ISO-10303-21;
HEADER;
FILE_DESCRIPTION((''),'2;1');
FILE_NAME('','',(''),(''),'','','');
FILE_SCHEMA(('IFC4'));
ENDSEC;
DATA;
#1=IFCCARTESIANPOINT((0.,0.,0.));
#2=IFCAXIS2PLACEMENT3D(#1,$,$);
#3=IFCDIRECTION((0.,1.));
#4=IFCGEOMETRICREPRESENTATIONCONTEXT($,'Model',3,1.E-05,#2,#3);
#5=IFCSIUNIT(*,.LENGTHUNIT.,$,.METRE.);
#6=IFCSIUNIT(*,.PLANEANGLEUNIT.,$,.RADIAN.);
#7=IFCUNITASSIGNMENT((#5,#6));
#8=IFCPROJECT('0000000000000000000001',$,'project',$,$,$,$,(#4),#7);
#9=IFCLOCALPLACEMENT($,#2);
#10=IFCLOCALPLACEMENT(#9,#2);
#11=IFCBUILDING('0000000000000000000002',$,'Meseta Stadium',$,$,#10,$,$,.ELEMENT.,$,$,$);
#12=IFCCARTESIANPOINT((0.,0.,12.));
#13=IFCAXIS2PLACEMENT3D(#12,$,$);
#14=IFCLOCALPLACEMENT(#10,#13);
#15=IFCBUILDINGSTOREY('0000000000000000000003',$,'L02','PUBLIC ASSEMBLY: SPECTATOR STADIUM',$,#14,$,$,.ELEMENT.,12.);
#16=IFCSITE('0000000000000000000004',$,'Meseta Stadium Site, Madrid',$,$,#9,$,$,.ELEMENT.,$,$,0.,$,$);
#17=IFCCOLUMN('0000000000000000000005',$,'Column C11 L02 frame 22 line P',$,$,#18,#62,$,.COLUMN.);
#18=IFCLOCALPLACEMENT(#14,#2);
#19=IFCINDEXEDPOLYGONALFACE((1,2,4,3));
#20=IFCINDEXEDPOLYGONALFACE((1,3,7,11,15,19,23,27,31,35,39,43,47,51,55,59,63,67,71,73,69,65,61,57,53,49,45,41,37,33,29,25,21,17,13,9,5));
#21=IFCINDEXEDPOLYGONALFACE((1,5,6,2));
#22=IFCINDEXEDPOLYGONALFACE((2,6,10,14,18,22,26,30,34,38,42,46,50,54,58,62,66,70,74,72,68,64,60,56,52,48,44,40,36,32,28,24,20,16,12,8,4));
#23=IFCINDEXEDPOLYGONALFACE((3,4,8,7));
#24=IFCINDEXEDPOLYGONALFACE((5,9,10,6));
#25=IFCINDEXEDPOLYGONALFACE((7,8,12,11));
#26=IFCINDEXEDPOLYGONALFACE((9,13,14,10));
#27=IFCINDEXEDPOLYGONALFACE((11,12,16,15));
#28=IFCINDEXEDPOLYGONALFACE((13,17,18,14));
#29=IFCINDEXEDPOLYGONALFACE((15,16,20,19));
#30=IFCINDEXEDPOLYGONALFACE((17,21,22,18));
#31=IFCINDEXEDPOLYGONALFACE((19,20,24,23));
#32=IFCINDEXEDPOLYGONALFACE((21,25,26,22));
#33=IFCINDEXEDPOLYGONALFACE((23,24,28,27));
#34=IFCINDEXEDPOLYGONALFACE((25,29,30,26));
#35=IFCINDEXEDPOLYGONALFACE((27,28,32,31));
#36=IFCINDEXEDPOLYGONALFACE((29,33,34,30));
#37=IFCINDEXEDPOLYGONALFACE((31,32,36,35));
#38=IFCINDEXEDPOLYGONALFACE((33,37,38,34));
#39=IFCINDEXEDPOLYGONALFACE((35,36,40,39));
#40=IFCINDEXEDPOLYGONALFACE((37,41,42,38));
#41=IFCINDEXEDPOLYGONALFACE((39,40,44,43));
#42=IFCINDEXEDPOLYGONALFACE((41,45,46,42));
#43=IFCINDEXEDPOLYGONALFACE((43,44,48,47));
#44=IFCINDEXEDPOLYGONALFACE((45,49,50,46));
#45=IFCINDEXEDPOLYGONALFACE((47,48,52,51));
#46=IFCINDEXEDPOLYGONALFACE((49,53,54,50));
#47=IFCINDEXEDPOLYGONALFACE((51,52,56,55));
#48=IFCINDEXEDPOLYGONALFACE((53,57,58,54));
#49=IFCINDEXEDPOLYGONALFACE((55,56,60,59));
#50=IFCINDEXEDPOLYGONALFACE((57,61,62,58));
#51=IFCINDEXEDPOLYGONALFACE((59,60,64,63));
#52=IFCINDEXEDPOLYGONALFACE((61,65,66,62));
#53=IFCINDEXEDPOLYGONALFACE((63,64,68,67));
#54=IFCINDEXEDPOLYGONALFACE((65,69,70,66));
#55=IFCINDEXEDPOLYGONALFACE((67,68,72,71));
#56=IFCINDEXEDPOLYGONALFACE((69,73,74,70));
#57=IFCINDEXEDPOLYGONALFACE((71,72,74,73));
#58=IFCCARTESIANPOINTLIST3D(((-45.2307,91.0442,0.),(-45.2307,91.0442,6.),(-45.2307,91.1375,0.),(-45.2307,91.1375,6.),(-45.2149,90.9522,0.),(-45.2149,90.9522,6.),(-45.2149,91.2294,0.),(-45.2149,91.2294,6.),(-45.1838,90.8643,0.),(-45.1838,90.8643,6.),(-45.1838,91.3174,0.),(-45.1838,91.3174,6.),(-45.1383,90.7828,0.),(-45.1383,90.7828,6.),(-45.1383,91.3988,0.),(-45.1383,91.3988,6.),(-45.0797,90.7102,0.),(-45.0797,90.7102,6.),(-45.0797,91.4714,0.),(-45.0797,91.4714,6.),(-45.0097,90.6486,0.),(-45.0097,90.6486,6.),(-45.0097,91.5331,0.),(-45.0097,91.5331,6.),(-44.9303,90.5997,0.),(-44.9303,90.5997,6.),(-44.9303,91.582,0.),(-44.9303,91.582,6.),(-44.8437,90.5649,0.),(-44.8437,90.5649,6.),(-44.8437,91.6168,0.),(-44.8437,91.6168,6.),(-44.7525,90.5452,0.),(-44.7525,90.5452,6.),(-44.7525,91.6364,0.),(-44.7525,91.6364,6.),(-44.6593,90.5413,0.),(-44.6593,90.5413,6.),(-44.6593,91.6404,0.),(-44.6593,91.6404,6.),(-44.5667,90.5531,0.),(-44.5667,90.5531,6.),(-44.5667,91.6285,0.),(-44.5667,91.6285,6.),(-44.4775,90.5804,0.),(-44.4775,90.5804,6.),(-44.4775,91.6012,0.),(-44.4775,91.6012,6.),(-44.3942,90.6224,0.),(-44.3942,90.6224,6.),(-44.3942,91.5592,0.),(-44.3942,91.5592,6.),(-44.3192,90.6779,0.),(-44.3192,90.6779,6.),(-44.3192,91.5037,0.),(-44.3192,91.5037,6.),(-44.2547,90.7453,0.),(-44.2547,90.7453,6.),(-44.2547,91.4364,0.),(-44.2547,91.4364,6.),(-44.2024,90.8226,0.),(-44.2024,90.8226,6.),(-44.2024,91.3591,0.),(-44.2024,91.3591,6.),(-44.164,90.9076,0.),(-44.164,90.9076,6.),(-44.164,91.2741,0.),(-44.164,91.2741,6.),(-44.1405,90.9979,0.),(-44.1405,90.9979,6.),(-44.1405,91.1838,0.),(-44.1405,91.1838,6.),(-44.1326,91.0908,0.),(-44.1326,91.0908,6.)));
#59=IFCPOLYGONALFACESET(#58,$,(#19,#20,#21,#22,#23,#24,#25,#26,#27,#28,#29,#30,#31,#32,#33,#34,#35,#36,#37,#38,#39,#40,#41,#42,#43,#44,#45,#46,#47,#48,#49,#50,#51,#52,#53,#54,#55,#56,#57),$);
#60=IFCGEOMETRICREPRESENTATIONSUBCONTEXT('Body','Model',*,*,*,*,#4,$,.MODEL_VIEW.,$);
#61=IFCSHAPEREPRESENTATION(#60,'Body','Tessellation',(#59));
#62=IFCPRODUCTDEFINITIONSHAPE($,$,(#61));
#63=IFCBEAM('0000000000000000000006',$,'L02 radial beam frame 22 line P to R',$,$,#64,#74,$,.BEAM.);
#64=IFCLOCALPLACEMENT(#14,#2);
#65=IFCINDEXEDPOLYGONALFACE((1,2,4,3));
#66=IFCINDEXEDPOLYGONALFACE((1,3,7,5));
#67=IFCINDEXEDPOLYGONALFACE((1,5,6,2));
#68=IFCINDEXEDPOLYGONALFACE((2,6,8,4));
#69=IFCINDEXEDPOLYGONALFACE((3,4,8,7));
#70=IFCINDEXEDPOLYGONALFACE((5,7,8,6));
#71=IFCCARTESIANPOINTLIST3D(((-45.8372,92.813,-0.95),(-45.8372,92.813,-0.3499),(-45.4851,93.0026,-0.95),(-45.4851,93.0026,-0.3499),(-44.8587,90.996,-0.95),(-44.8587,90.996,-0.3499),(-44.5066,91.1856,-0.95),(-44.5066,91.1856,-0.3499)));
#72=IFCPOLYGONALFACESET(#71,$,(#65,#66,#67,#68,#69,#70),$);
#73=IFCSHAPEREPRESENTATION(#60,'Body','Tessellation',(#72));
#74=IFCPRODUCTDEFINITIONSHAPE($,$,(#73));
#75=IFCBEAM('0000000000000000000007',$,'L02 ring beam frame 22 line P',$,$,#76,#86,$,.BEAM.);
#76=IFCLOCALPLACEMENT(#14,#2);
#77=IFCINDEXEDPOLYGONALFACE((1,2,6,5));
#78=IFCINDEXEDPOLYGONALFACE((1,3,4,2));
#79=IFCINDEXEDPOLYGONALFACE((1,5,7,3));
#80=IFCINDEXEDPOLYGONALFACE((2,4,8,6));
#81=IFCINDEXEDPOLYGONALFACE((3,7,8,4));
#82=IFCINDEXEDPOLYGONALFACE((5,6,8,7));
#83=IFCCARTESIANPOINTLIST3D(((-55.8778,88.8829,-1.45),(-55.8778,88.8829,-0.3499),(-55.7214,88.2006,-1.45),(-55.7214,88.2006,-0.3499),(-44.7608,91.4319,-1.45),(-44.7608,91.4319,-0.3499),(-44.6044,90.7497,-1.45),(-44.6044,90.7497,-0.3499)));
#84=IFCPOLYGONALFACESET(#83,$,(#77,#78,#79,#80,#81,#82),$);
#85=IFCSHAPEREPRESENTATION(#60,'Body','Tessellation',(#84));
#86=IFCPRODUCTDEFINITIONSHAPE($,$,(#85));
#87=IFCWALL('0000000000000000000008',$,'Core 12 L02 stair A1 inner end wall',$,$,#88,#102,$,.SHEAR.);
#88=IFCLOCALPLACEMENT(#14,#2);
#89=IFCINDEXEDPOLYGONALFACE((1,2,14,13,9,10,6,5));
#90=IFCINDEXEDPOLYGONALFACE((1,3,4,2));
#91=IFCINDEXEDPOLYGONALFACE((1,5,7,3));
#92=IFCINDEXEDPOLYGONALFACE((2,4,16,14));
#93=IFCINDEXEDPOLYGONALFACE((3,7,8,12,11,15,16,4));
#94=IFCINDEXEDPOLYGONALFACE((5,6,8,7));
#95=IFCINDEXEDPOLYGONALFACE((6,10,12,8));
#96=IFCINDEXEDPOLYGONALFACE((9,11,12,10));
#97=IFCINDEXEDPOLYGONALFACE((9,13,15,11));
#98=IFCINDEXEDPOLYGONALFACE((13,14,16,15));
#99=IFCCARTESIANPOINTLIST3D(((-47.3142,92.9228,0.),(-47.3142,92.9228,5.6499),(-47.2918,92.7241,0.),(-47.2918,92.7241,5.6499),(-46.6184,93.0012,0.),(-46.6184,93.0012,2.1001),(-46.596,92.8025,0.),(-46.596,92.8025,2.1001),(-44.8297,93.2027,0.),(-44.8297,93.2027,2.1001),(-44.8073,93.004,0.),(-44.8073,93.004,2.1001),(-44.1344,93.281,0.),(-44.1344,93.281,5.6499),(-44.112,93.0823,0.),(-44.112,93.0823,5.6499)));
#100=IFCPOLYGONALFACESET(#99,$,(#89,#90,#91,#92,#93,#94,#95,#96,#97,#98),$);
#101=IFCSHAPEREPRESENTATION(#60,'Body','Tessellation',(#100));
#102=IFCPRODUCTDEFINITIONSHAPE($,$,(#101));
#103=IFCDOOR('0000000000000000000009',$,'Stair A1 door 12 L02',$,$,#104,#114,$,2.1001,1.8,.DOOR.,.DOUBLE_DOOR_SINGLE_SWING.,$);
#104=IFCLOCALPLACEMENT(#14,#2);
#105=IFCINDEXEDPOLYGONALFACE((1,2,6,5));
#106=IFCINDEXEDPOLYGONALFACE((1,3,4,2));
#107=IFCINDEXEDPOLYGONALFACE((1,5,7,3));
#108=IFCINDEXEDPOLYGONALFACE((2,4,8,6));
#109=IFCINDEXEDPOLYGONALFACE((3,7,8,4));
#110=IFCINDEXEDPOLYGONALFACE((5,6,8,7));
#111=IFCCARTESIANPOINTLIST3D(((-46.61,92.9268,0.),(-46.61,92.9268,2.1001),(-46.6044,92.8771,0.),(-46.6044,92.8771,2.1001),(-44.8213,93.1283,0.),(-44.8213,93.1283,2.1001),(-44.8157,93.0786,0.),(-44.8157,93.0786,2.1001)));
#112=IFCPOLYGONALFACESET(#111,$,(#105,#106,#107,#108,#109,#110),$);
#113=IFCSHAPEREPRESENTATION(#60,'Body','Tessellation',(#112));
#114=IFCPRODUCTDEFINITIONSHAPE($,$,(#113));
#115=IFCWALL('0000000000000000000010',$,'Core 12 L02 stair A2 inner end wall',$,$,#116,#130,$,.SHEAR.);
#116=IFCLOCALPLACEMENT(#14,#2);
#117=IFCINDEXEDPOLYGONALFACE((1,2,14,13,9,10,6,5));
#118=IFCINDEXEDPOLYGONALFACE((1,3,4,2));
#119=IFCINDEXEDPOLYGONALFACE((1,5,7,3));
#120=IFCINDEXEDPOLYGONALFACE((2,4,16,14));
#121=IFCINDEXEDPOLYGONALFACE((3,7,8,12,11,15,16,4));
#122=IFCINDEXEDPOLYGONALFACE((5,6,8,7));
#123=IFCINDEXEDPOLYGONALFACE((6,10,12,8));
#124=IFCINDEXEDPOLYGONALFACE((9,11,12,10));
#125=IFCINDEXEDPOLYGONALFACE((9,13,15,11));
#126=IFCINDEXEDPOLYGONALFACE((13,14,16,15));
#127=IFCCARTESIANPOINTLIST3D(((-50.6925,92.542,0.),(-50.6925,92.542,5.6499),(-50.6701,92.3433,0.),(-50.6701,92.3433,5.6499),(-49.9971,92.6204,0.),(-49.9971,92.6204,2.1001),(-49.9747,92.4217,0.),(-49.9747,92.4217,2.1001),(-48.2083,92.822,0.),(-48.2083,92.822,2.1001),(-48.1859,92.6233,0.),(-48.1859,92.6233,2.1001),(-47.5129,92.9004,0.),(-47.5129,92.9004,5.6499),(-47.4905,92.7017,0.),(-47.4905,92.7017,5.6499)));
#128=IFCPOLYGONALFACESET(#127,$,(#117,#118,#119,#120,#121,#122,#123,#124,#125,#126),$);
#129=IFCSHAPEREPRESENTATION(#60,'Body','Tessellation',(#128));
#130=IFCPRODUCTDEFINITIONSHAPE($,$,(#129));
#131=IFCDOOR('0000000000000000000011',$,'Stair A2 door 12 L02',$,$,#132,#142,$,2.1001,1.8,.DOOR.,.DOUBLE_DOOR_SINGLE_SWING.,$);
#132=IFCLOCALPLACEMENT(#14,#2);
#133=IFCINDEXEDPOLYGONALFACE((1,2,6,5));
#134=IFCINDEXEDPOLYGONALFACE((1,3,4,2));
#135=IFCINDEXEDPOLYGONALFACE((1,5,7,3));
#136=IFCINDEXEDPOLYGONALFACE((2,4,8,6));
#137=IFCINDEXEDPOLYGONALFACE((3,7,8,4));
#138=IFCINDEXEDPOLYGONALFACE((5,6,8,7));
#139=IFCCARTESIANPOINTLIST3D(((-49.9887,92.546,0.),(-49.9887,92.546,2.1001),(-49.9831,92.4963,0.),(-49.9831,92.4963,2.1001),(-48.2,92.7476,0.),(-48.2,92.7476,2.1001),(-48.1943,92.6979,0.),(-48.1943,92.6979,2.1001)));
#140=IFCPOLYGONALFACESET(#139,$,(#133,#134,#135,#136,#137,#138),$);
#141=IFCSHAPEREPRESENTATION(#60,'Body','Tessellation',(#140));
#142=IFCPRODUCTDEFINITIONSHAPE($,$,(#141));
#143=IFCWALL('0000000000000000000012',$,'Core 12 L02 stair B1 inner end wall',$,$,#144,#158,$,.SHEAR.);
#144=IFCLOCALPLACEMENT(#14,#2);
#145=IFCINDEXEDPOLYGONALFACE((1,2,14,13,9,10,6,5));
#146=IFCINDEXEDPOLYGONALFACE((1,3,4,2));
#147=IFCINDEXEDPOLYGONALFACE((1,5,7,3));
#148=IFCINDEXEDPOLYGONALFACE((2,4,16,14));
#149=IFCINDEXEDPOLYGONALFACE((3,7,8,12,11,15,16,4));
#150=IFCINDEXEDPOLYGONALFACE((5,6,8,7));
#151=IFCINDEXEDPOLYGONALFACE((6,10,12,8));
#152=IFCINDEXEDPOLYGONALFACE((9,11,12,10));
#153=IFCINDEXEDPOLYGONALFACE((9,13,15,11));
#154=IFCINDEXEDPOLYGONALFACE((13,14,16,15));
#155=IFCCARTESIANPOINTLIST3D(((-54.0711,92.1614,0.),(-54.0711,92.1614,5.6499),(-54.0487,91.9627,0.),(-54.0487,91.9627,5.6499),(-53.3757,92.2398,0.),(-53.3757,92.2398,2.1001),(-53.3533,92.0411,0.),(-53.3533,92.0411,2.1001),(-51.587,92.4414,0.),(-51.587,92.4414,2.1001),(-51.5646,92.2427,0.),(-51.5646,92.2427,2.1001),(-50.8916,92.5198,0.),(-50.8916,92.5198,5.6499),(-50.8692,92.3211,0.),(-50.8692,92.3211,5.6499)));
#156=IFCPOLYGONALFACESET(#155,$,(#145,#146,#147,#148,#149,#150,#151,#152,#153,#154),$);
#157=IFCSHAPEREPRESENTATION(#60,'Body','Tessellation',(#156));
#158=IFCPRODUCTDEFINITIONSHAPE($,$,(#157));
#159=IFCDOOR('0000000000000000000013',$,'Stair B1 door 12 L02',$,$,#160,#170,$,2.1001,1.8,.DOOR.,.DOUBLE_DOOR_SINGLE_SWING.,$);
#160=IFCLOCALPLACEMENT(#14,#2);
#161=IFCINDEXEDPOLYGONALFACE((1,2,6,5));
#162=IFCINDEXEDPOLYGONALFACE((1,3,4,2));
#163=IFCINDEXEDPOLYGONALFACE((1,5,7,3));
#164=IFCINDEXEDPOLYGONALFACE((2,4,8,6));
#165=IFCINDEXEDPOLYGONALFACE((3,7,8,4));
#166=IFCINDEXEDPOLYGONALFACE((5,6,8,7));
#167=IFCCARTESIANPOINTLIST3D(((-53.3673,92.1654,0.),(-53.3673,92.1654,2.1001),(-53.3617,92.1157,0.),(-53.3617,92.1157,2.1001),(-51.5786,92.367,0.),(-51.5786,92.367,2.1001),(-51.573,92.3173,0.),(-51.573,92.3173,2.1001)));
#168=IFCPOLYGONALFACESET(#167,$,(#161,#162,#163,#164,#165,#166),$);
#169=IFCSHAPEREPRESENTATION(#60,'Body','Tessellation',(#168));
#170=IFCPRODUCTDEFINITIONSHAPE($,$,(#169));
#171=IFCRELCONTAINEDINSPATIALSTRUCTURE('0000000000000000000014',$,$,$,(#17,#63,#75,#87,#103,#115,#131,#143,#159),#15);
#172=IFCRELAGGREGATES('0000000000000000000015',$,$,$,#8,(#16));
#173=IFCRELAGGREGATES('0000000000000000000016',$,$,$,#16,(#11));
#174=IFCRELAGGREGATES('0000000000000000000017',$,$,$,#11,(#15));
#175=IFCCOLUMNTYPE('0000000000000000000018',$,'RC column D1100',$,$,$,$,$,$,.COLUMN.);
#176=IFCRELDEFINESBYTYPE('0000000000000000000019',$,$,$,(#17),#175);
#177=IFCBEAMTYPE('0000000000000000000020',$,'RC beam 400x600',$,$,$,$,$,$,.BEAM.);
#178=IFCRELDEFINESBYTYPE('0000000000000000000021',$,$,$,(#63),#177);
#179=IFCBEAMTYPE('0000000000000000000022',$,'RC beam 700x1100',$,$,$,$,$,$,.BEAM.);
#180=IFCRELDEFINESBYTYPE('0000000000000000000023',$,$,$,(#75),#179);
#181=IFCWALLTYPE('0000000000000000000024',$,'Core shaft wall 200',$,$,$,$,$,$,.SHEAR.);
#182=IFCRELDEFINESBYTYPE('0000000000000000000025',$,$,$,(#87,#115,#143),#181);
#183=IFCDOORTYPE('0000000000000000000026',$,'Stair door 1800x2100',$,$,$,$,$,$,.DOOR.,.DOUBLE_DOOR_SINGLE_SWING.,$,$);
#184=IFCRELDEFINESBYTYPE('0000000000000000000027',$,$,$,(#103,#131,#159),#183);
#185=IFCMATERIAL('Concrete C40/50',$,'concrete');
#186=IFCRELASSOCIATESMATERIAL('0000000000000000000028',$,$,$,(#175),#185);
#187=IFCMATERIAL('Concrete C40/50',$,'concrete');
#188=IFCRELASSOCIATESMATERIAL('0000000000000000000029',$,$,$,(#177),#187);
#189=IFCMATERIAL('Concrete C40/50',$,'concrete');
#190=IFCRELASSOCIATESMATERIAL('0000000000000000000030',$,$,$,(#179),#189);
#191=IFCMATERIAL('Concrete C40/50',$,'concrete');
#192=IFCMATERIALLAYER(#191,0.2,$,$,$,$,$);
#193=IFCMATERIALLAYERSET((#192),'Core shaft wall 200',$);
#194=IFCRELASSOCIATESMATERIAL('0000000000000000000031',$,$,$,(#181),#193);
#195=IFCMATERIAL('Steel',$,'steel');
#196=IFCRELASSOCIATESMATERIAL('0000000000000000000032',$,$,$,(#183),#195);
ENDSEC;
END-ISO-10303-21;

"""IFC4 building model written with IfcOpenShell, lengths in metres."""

from ifc_helpers import new_model, si_unit, direction, frame, frame_2d, origin, origin_2d, place, context, subcontext, project, spatial, rectangle, circle, extrude, material, layer, layer_set, material_profile, profile_set, type_object, element, fill, save


model = new_model("IFC4")

# Units and contexts
model_context = context("Model", 3, precision=1e-05, world=origin(), true_north=direction((0.0, 1.0)))
body_context = subcontext(model_context, "Body", "Model", "MODEL_VIEW")
ifc_project = project(units=[si_unit("LENGTHUNIT", "METRE"), si_unit("PLANEANGLEUNIT", "RADIAN")], contexts=[model_context])

# Site, building, storey
site_placement = place(None, origin())
site = spatial("IfcSite", under=ifc_project, at=site_placement, Name="Meseta Stadium Site, Madrid", CompositionType="ELEMENT", RefElevation=0.0)
building_placement = place(site_placement, origin())
building = spatial("IfcBuilding", under=site, at=building_placement, Name="Meseta Stadium", CompositionType="ELEMENT")
storey_placement = place(building_placement, frame((0.0, 0.0, 12.0)))
storey = spatial("IfcBuildingStorey", under=building, at=storey_placement, Name="L02", Description="PUBLIC ASSEMBLY: SPECTATOR STADIUM", CompositionType="ELEMENT", Elevation=12.0)

# Column
ifc_material_1 = material(Name="Concrete C40/50", Category="concrete")
ifc_material_profile_1 = material_profile(ifc_material_1, circle(Radius=0.55, at=origin_2d()), Name="RC D1100")
ifc_profile_set_1 = profile_set([ifc_material_profile_1], Name="Concrete C40/50")
column_type = type_object("IfcColumnType", Name="RC column D1100", PredefinedType="COLUMN", material=ifc_profile_set_1)
column_placement = place(storey_placement, frame((-44.6826, 91.0908, 0.0), z_axis=(0.0, 0.0, 1.0), x_axis=(1.0, 0.0, 0.0)))
element("IfcColumn", 1, at=column_placement, inside=storey, type_object=column_type, Name="Column C11 L02 frame 22 line P", PredefinedType="COLUMN", context=body_context, shape_type="SweptSolid", body=[
    extrude(circle(Radius=0.55, at=origin_2d()), origin(), (0.0, 0.0, 1.0), 6.0),
])

# Beams
ifc_material_2 = material(Name="Concrete C40/50", Category="concrete")
ifc_material_profile_2 = material_profile(ifc_material_2, rectangle(XDim=0.3999, YDim=0.6001, at=origin_2d()), Name="RC 400x600")
ifc_profile_set_2 = profile_set([ifc_material_profile_2], Name="Concrete C40/50")
beam_type_1 = type_object("IfcBeamType", Name="RC beam 400x600", PredefinedType="BEAM", material=ifc_profile_set_2)
beam_1_placement = place(storey_placement, frame((-44.6826, 91.0908, -0.6499), z_axis=(-0.47417, 0.880433, 0.0), x_axis=(-0.880433, -0.47417, 0.0)))
element("IfcBeam", 2, at=beam_1_placement, inside=storey, type_object=beam_type_1, Name="L02 radial beam frame 22 line P to R", PredefinedType="BEAM", context=body_context, shape_type="SweptSolid", body=[
    extrude(rectangle(XDim=0.3999, YDim=0.6001, at=origin_2d()), origin(), (0.0, 0.0, 1.0), 2.0637),
])
ifc_material_3 = material(Name="Concrete C40/50", Category="concrete")
ifc_material_profile_3 = material_profile(ifc_material_3, rectangle(XDim=0.7, YDim=1.1001, at=origin_2d()), Name="RC 700x1100")
ifc_profile_set_3 = profile_set([ifc_material_profile_3], Name="Concrete C40/50")
beam_type_2 = type_object("IfcBeamType", Name="RC beam 700x1100", PredefinedType="BEAM", material=ifc_profile_set_3)
beam_2_placement = place(storey_placement, frame((-44.6826, 91.0908, -0.8999), z_axis=(-0.974705, -0.223496, 0.0), x_axis=(0.223496, -0.974705, 0.0)))
element("IfcBeam", 3, at=beam_2_placement, inside=storey, type_object=beam_type_2, Name="L02 ring beam frame 22 line P", PredefinedType="BEAM", context=body_context, shape_type="SweptSolid", body=[
    extrude(rectangle(XDim=0.7, YDim=1.1001, at=origin_2d()), origin(), (0.0, 0.0, 1.0), 11.4055),
])

# Walls, openings, doors
ifc_material_4 = material(Name="Concrete C40/50", Category="concrete")
ifc_layer_1 = layer(ifc_material_4, 0.2)
ifc_layer_set_1 = layer_set([ifc_layer_1], Name="Core shaft wall 200")
wall_type_1 = type_object("IfcWallType", Name="Core shaft wall 200", PredefinedType="SHEAR", material=ifc_layer_set_1)
wall_1_placement = place(storey_placement, frame((-44.123, 93.1816, 0.0), z_axis=(0.0, 0.0, 1.0), x_axis=(-0.993717, -0.111922, 0.0)))
wall_1 = element("IfcWall", 4, at=wall_1_placement, inside=storey, type_object=wall_type_1, Name="Core 12 L02 stair A1 inner end wall", PredefinedType="SHEAR", context=body_context, shape_type="SweptSolid", body=[
    extrude(rectangle(XDim=3.2, YDim=0.2, at=frame_2d((1.6001, 0.0))), origin(), (0.0, 0.0, 1.0), 5.6499),
])
opening_1_placement = place(wall_1_placement, frame((0.7, 0.0, 0.0)))
opening_1 = element("IfcOpeningElement", 5, at=opening_1_placement, cuts=wall_1, PredefinedType="OPENING", context=body_context, shape_type="SweptSolid", body=[
    extrude(rectangle(XDim=1.8, YDim=2.1001, at=frame_2d((0.8999, 1.05))), frame((0.0, 0.1099, 0.0), z_axis=(0.0, -1.0, 0.0), x_axis=(1.0, 0.0, 0.0)), (0.0, 0.0, 1.0), 0.22),
])
ifc_material_5 = material(Name="Steel", Category="steel")
door_type = type_object("IfcDoorType", Name="Stair door 1800x2100", OperationType="DOUBLE_DOOR_SINGLE_SWING", PredefinedType="DOOR", material=ifc_material_5)
door_1_placement = place(opening_1_placement, origin())
door_1 = element("IfcDoor", 6, at=door_1_placement, inside=storey, type_object=door_type, Name="Stair A1 door 12 L02", OperationType="DOUBLE_DOOR_SINGLE_SWING", OverallHeight=2.1001, OverallWidth=1.8, PredefinedType="DOOR", context=body_context, shape_type="SweptSolid", body=[
    extrude(rectangle(XDim=1.8, YDim=2.1001, at=frame_2d((0.8999, 1.05))), frame((0.0, 0.0249, 0.0), z_axis=(0.0, -1.0, 0.0), x_axis=(1.0, 0.0, 0.0)), (0.0, 0.0, 1.0), 0.05),
])
fill(opening_1, door_1)
wall_2_placement = place(storey_placement, frame((-47.5017, 92.801, 0.0), z_axis=(0.0, 0.0, 1.0), x_axis=(-0.993708, -0.112006, 0.0)))
wall_2 = element("IfcWall", 7, at=wall_2_placement, inside=storey, type_object=wall_type_1, Name="Core 12 L02 stair A2 inner end wall", PredefinedType="SHEAR", context=body_context, shape_type="SweptSolid", body=[
    extrude(rectangle(XDim=3.1997, YDim=0.2, at=frame_2d((1.5999, 0.0))), origin(), (0.0, 0.0, 1.0), 5.6499),
])
opening_2_placement = place(wall_2_placement, frame((0.7, 0.0, 0.0)))
opening_2 = element("IfcOpeningElement", 8, at=opening_2_placement, cuts=wall_2, PredefinedType="OPENING", context=body_context, shape_type="SweptSolid", body=[
    extrude(rectangle(XDim=1.8, YDim=2.1001, at=frame_2d((0.8999, 1.05))), frame((0.0, 0.1099, 0.0), z_axis=(0.0, -1.0, 0.0), x_axis=(1.0, 0.0, 0.0)), (0.0, 0.0, 1.0), 0.22),
])
door_2_placement = place(opening_2_placement, origin())
door_2 = element("IfcDoor", 9, at=door_2_placement, inside=storey, type_object=door_type, Name="Stair A2 door 12 L02", OperationType="DOUBLE_DOOR_SINGLE_SWING", OverallHeight=2.1001, OverallWidth=1.8, PredefinedType="DOOR", context=body_context, shape_type="SweptSolid", body=[
    extrude(rectangle(XDim=1.8, YDim=2.1001, at=frame_2d((0.8999, 1.05))), frame((0.0, 0.0249, 0.0), z_axis=(0.0, -1.0, 0.0), x_axis=(1.0, 0.0, 0.0)), (0.0, 0.0, 1.0), 0.05),
])
fill(opening_2, door_2)
wall_3_placement = place(storey_placement, frame((-50.8804, 92.4204, 0.0), z_axis=(0.0, 0.0, 1.0), x_axis=(-0.993708, -0.112006, 0.0)))
wall_3 = element("IfcWall", 10, at=wall_3_placement, inside=storey, type_object=wall_type_1, Name="Core 12 L02 stair B1 inner end wall", PredefinedType="SHEAR", context=body_context, shape_type="SweptSolid", body=[
    extrude(rectangle(XDim=3.1997, YDim=0.2, at=frame_2d((1.5999, 0.0))), origin(), (0.0, 0.0, 1.0), 5.6499),
])
opening_3_placement = place(wall_3_placement, frame((0.7, 0.0, 0.0)))
opening_3 = element("IfcOpeningElement", 11, at=opening_3_placement, cuts=wall_3, PredefinedType="OPENING", context=body_context, shape_type="SweptSolid", body=[
    extrude(rectangle(XDim=1.8, YDim=2.1001, at=frame_2d((0.8999, 1.05))), frame((0.0, 0.1099, 0.0), z_axis=(0.0, -1.0, 0.0), x_axis=(1.0, 0.0, 0.0)), (0.0, 0.0, 1.0), 0.22),
])
door_3_placement = place(opening_3_placement, origin())
door_3 = element("IfcDoor", 12, at=door_3_placement, inside=storey, type_object=door_type, Name="Stair B1 door 12 L02", OperationType="DOUBLE_DOOR_SINGLE_SWING", OverallHeight=2.1001, OverallWidth=1.8, PredefinedType="DOOR", context=body_context, shape_type="SweptSolid", body=[
    extrude(rectangle(XDim=1.8, YDim=2.1001, at=frame_2d((0.8999, 1.05))), frame((0.0, 0.0249, 0.0), z_axis=(0.0, -1.0, 0.0), x_axis=(1.0, 0.0, 0.0)), (0.0, 0.0, 1.0), 0.05),
])
fill(opening_3, door_3)

save(model, "model.ifc")
